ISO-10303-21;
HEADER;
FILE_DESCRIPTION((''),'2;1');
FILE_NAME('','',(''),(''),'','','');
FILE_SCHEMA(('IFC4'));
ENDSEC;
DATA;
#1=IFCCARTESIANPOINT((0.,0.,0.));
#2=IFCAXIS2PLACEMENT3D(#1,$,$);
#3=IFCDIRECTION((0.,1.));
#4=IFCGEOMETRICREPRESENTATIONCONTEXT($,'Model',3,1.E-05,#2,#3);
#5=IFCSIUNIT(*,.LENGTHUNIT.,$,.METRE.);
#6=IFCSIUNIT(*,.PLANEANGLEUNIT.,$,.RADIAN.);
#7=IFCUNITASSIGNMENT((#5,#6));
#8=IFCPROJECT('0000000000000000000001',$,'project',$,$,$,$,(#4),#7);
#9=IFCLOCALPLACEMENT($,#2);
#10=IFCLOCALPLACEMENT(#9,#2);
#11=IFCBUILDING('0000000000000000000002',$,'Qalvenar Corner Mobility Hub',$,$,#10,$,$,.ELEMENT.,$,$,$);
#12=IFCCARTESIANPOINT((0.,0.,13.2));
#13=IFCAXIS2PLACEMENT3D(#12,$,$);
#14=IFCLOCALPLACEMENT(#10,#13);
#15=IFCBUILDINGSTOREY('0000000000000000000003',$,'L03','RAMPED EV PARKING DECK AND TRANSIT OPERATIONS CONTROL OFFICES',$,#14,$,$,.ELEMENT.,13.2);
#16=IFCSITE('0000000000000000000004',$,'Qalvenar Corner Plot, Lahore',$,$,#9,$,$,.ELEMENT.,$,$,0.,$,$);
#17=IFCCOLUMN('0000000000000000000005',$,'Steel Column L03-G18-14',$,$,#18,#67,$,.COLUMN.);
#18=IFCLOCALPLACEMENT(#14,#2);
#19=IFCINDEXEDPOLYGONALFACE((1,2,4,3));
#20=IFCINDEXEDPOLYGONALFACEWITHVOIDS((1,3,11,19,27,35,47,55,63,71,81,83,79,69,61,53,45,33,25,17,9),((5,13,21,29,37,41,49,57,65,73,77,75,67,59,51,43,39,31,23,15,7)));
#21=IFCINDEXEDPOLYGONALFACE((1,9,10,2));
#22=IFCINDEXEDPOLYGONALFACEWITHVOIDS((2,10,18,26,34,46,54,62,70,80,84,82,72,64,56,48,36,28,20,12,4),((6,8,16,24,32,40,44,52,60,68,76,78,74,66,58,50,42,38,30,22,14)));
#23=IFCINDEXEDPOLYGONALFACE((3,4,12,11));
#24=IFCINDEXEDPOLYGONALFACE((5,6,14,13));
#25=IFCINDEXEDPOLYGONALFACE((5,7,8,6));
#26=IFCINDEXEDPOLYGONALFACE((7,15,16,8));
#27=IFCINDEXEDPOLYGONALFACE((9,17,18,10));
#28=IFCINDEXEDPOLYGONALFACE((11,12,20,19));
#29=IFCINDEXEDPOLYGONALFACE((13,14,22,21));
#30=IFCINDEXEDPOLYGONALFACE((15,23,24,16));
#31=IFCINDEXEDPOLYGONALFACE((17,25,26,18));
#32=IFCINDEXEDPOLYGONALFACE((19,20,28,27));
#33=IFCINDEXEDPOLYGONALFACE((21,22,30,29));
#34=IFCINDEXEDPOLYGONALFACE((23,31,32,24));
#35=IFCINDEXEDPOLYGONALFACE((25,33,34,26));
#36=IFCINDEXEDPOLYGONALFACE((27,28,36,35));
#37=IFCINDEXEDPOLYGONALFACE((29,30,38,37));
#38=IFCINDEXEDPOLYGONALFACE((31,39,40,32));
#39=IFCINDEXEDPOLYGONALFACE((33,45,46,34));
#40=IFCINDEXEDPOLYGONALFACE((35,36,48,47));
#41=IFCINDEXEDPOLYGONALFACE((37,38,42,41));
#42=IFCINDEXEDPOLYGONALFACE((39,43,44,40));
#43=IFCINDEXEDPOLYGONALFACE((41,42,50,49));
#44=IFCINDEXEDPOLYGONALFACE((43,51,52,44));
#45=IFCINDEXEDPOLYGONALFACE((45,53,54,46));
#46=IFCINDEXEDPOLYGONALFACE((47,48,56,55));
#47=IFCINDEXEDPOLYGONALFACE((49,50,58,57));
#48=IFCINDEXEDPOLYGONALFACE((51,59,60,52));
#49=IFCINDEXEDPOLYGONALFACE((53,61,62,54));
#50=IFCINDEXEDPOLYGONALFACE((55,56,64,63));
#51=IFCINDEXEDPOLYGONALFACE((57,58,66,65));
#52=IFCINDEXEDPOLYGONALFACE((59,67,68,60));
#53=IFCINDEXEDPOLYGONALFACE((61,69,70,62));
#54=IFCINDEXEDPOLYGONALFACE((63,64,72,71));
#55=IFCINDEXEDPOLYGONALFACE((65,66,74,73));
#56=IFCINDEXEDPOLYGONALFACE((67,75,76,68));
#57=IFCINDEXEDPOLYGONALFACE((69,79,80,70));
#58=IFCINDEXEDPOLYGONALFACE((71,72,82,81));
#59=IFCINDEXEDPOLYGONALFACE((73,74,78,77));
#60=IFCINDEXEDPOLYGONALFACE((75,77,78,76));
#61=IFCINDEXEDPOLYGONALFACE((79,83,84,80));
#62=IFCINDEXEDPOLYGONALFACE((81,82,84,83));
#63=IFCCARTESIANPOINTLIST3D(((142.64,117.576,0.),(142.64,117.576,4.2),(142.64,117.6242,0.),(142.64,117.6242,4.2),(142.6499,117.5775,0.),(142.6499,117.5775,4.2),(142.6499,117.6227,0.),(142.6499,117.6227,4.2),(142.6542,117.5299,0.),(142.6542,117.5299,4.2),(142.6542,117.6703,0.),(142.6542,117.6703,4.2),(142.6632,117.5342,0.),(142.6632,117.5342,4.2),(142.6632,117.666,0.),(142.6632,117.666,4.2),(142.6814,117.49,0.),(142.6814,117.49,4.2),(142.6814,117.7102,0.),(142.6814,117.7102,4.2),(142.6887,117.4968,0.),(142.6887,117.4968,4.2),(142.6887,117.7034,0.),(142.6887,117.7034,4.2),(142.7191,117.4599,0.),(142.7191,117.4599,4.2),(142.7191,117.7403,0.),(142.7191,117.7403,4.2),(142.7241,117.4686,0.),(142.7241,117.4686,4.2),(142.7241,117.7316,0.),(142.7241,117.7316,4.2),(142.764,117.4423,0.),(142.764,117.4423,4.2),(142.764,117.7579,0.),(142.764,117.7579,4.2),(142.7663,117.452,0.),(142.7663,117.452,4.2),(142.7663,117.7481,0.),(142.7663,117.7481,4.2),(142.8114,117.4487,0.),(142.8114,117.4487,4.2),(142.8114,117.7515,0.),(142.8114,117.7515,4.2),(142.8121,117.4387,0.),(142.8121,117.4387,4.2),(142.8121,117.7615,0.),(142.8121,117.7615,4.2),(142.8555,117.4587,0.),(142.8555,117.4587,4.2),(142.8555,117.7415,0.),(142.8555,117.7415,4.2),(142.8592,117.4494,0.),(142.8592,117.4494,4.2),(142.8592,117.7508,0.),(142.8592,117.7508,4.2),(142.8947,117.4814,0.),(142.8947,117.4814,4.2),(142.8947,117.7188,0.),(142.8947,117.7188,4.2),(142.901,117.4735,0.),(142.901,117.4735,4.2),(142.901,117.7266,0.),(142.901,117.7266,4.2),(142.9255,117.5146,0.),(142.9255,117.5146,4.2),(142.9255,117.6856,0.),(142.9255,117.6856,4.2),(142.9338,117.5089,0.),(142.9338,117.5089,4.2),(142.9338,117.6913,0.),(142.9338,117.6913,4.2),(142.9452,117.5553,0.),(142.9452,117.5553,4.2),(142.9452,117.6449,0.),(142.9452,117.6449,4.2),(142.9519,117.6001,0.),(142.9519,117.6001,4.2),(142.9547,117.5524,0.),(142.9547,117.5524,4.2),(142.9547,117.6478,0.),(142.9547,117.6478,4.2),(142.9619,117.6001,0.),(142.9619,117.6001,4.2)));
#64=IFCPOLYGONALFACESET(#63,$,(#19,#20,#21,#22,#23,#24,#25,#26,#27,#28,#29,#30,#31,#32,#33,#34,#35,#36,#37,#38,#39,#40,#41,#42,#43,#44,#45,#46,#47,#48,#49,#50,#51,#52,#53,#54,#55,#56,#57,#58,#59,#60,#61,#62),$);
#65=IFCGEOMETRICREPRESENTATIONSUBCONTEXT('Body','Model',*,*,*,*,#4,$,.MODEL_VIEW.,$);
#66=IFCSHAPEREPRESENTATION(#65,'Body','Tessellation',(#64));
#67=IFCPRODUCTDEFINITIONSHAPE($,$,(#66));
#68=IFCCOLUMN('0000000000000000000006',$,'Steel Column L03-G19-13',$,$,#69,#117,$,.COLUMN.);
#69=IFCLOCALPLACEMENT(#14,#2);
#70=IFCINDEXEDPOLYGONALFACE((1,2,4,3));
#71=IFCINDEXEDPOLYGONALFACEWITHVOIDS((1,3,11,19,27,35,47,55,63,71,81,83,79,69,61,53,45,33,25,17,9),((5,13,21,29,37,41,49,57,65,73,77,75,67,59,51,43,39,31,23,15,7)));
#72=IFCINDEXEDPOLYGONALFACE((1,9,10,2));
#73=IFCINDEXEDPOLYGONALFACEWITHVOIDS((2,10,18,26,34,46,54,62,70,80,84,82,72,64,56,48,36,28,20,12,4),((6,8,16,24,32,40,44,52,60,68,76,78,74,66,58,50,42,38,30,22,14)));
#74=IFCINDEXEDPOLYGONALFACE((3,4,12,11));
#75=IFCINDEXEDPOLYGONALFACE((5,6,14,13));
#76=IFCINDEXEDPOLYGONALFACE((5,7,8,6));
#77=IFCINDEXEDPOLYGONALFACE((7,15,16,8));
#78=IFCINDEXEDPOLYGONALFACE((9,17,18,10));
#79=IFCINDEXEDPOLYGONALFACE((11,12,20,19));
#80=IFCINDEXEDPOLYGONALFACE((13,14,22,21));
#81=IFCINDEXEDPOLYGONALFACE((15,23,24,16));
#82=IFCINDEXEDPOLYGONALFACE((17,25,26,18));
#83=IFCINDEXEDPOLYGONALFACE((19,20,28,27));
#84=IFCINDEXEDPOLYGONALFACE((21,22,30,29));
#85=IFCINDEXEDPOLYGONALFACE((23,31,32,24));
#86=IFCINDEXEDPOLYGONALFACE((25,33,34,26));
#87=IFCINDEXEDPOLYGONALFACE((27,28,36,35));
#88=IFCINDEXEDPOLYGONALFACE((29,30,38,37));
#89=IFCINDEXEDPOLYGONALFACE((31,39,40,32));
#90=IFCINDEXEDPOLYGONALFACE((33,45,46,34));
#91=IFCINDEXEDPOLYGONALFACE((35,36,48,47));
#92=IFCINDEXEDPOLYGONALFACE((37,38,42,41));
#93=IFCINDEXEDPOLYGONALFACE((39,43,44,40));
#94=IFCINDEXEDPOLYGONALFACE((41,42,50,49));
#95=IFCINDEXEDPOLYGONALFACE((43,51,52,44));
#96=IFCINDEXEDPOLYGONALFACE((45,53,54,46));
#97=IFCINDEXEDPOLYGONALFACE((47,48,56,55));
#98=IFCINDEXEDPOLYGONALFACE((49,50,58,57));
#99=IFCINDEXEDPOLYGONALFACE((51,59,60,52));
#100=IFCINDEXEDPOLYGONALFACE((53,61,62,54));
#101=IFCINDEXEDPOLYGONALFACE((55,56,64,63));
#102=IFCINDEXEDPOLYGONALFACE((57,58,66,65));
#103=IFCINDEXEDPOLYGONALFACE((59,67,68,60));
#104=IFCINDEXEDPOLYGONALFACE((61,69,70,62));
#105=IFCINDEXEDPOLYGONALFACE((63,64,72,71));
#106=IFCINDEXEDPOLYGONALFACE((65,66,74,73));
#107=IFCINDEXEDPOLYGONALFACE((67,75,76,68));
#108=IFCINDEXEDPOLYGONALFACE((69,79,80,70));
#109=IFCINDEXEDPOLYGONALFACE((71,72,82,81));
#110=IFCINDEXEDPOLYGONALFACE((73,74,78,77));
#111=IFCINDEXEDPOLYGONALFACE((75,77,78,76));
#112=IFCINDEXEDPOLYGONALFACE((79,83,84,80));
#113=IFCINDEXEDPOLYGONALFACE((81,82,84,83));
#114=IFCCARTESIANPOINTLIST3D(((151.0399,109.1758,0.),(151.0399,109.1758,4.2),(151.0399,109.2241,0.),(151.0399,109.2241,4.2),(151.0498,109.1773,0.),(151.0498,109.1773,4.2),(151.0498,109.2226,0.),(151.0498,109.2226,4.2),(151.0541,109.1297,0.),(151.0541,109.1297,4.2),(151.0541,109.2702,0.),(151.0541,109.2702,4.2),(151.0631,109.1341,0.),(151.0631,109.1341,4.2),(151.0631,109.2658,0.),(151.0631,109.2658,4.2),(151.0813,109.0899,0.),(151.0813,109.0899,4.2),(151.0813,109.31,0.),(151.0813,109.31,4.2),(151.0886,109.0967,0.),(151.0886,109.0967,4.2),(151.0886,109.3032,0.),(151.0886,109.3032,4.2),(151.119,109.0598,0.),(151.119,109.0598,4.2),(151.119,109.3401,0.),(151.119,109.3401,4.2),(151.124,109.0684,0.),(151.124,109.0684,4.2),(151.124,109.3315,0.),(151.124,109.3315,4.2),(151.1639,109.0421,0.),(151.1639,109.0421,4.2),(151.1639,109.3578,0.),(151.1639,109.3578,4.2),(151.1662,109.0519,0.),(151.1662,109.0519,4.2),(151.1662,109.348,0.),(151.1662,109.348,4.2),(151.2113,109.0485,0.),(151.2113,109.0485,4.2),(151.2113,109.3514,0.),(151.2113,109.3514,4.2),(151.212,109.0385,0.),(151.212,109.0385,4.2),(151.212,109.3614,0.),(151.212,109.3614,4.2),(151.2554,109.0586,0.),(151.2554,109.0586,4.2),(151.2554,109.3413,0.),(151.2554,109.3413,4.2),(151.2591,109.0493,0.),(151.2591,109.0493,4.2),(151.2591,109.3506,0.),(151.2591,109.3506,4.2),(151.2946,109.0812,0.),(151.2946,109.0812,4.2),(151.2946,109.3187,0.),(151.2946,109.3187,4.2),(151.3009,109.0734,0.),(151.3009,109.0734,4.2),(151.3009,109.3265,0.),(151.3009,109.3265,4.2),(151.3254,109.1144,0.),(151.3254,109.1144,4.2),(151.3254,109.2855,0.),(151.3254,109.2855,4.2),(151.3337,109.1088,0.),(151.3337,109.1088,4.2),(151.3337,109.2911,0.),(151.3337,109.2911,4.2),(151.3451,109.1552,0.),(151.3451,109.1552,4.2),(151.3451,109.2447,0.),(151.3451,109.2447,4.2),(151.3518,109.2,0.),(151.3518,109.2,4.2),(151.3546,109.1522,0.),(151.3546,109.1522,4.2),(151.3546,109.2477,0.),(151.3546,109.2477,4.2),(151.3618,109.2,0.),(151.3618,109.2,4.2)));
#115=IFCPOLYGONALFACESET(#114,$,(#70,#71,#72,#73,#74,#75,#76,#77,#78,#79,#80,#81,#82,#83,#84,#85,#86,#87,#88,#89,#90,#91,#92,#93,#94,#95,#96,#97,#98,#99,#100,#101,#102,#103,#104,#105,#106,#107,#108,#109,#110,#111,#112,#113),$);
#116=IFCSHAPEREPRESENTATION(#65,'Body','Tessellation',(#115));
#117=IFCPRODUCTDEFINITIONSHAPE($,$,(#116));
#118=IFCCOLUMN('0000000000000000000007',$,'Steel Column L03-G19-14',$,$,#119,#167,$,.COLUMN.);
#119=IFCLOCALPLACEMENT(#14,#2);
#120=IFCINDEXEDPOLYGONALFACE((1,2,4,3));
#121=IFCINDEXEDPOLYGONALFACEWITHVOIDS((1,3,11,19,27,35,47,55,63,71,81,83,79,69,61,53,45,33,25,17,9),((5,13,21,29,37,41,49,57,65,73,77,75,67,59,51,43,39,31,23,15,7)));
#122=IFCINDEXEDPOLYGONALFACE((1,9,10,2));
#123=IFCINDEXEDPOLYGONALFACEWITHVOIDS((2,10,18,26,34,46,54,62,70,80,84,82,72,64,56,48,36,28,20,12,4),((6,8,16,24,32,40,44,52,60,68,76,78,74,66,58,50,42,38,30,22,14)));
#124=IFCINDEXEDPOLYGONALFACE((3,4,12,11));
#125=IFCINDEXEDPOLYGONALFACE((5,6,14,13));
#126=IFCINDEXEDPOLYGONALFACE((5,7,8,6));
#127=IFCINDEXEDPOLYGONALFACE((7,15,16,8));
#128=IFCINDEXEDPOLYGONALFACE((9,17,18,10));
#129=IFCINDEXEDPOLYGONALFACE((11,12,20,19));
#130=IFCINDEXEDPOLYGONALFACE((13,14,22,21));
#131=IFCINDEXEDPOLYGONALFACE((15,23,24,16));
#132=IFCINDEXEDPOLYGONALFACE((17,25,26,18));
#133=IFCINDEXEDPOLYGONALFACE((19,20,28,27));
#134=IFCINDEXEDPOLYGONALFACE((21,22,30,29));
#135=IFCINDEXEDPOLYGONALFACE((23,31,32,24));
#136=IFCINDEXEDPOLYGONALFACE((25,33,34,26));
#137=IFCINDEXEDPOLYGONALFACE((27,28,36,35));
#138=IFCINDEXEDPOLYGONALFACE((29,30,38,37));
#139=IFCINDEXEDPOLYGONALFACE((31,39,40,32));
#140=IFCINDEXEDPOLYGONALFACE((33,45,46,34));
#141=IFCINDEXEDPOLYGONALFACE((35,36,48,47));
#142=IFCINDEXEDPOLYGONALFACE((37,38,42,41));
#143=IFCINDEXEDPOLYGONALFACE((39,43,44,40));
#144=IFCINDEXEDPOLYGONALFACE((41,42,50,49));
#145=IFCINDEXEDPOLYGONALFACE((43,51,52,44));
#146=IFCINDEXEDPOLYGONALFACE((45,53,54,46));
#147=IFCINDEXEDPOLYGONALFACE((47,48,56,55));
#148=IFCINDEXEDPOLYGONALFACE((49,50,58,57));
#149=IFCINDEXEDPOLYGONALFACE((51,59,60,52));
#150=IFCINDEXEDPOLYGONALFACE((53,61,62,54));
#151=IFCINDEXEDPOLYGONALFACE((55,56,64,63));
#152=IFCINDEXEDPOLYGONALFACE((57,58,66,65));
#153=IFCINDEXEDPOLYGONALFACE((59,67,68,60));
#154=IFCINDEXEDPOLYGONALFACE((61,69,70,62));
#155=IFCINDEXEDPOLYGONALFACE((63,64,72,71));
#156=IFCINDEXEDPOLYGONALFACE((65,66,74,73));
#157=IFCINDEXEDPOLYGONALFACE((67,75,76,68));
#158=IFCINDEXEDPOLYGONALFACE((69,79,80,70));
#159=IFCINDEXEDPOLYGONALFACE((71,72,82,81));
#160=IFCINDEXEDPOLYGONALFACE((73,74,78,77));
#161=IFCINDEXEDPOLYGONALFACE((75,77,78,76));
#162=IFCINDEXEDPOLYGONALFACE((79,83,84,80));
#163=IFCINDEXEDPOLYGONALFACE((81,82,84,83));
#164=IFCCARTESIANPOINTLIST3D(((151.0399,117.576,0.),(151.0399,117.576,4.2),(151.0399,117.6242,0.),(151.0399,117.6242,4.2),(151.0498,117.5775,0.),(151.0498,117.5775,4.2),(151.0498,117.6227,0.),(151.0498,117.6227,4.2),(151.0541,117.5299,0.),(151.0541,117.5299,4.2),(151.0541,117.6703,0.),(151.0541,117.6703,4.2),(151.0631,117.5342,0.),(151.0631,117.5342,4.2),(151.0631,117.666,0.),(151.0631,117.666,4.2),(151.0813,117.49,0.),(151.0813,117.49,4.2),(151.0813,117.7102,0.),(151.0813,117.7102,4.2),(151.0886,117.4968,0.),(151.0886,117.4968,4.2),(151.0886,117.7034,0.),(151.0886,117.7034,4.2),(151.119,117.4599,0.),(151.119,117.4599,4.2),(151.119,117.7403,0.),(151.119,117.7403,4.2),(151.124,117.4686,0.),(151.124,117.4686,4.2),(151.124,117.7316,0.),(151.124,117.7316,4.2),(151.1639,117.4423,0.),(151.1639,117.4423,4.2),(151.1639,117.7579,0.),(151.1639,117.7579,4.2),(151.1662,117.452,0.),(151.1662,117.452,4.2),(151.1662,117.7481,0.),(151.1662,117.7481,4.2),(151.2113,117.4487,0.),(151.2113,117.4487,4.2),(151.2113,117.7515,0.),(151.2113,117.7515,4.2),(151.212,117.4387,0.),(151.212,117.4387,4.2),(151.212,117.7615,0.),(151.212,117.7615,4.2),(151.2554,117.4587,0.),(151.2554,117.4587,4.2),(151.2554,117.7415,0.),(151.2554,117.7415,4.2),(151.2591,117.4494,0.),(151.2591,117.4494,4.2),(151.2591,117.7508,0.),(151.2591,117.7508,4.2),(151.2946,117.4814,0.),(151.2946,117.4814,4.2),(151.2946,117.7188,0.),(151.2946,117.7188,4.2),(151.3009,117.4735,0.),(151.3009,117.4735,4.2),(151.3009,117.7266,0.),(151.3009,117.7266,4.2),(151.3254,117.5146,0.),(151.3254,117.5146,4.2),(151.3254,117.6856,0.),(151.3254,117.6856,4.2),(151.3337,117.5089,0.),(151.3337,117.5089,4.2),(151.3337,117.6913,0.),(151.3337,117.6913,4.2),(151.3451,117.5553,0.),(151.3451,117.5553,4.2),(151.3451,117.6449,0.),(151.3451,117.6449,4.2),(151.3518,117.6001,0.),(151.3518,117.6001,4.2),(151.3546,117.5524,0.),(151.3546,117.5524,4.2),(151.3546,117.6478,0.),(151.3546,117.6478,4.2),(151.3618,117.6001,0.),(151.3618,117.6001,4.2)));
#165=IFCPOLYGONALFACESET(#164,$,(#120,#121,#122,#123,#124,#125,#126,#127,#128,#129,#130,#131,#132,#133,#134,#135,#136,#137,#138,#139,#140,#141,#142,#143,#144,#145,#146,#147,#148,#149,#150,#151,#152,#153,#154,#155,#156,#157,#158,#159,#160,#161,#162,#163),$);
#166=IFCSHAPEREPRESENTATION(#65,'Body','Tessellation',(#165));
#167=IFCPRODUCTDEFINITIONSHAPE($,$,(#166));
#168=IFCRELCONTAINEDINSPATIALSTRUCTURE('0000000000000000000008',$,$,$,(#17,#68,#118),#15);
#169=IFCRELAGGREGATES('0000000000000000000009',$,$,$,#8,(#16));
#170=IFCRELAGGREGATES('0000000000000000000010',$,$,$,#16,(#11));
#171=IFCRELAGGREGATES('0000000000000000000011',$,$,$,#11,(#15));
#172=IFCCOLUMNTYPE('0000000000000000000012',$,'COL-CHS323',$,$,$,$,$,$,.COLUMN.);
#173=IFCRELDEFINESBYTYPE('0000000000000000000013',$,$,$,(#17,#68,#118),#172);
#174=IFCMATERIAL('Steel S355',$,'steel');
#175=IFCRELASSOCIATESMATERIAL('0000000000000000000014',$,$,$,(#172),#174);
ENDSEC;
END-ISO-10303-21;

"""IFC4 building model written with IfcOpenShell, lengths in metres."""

from ifc_helpers import new_model, si_unit, direction, frame, origin, origin_2d, place, context, subcontext, project, spatial, hollow_circle, extrude, material, material_profile, profile_set, type_object, element, save


model = new_model("IFC4")

# Units and contexts
model_context = context("Model", 3, precision=1e-05, world=origin(), true_north=direction((0.0, 1.0)))
body_context = subcontext(model_context, "Body", "Model", "MODEL_VIEW")
ifc_project = project(units=[si_unit("LENGTHUNIT", "METRE"), si_unit("PLANEANGLEUNIT", "RADIAN")], contexts=[model_context])

# Site, building, storey
site_placement = place(None, origin())
site = spatial("IfcSite", under=ifc_project, at=site_placement, Name="Qalvenar Corner Plot, Lahore", CompositionType="ELEMENT", RefElevation=0.0)
building_placement = place(site_placement, origin())
building = spatial("IfcBuilding", under=site, at=building_placement, Name="Qalvenar Corner Mobility Hub", CompositionType="ELEMENT")
storey_placement = place(building_placement, frame((0.0, 0.0, 13.2)))
storey = spatial("IfcBuildingStorey", under=building, at=storey_placement, Name="L03", Description="RAMPED EV PARKING DECK AND TRANSIT OPERATIONS CONTROL OFFICES", CompositionType="ELEMENT", Elevation=13.2)

# Columns
ifc_material_1 = material(Name="Steel S355", Category="steel")
ifc_material_profile_1 = material_profile(ifc_material_1, hollow_circle(Radius=0.1619, WallThickness=0.01, at=origin_2d()), Name="CHS323.9x10")
ifc_profile_set_1 = profile_set([ifc_material_profile_1], Name="Steel S355")
column_type_1 = type_object("IfcColumnType", Name="COL-CHS323", PredefinedType="COLUMN", material=ifc_profile_set_1)
for number, where, z_axis, x_axis, name in (
    (1, (142.8, 117.6001, 0.0), (0.0, 0.0, 1.0), (1.0, 0.0, 0.0), "Steel Column L03-G18-14"),
    (2, (151.2, 109.2, 0.0), (0.0, 0.0, 1.0), (1.0, 0.0, 0.0), "Steel Column L03-G19-13"),
    (3, (151.2, 117.6001, 0.0), (0.0, 0.0, 1.0), (1.0, 0.0, 0.0), "Steel Column L03-G19-14"),
):
    element("IfcColumn", number, at=place(storey_placement, frame(where, z_axis=z_axis, x_axis=x_axis)), inside=storey, type_object=column_type_1, Name=name, PredefinedType="COLUMN", context=body_context, shape_type="SweptSolid", body=[
        extrude(hollow_circle(Radius=0.1619, WallThickness=0.01, at=origin_2d()), origin(), (0.0, 0.0, 1.0), 4.2),
    ])

save(model, "model.ifc")
